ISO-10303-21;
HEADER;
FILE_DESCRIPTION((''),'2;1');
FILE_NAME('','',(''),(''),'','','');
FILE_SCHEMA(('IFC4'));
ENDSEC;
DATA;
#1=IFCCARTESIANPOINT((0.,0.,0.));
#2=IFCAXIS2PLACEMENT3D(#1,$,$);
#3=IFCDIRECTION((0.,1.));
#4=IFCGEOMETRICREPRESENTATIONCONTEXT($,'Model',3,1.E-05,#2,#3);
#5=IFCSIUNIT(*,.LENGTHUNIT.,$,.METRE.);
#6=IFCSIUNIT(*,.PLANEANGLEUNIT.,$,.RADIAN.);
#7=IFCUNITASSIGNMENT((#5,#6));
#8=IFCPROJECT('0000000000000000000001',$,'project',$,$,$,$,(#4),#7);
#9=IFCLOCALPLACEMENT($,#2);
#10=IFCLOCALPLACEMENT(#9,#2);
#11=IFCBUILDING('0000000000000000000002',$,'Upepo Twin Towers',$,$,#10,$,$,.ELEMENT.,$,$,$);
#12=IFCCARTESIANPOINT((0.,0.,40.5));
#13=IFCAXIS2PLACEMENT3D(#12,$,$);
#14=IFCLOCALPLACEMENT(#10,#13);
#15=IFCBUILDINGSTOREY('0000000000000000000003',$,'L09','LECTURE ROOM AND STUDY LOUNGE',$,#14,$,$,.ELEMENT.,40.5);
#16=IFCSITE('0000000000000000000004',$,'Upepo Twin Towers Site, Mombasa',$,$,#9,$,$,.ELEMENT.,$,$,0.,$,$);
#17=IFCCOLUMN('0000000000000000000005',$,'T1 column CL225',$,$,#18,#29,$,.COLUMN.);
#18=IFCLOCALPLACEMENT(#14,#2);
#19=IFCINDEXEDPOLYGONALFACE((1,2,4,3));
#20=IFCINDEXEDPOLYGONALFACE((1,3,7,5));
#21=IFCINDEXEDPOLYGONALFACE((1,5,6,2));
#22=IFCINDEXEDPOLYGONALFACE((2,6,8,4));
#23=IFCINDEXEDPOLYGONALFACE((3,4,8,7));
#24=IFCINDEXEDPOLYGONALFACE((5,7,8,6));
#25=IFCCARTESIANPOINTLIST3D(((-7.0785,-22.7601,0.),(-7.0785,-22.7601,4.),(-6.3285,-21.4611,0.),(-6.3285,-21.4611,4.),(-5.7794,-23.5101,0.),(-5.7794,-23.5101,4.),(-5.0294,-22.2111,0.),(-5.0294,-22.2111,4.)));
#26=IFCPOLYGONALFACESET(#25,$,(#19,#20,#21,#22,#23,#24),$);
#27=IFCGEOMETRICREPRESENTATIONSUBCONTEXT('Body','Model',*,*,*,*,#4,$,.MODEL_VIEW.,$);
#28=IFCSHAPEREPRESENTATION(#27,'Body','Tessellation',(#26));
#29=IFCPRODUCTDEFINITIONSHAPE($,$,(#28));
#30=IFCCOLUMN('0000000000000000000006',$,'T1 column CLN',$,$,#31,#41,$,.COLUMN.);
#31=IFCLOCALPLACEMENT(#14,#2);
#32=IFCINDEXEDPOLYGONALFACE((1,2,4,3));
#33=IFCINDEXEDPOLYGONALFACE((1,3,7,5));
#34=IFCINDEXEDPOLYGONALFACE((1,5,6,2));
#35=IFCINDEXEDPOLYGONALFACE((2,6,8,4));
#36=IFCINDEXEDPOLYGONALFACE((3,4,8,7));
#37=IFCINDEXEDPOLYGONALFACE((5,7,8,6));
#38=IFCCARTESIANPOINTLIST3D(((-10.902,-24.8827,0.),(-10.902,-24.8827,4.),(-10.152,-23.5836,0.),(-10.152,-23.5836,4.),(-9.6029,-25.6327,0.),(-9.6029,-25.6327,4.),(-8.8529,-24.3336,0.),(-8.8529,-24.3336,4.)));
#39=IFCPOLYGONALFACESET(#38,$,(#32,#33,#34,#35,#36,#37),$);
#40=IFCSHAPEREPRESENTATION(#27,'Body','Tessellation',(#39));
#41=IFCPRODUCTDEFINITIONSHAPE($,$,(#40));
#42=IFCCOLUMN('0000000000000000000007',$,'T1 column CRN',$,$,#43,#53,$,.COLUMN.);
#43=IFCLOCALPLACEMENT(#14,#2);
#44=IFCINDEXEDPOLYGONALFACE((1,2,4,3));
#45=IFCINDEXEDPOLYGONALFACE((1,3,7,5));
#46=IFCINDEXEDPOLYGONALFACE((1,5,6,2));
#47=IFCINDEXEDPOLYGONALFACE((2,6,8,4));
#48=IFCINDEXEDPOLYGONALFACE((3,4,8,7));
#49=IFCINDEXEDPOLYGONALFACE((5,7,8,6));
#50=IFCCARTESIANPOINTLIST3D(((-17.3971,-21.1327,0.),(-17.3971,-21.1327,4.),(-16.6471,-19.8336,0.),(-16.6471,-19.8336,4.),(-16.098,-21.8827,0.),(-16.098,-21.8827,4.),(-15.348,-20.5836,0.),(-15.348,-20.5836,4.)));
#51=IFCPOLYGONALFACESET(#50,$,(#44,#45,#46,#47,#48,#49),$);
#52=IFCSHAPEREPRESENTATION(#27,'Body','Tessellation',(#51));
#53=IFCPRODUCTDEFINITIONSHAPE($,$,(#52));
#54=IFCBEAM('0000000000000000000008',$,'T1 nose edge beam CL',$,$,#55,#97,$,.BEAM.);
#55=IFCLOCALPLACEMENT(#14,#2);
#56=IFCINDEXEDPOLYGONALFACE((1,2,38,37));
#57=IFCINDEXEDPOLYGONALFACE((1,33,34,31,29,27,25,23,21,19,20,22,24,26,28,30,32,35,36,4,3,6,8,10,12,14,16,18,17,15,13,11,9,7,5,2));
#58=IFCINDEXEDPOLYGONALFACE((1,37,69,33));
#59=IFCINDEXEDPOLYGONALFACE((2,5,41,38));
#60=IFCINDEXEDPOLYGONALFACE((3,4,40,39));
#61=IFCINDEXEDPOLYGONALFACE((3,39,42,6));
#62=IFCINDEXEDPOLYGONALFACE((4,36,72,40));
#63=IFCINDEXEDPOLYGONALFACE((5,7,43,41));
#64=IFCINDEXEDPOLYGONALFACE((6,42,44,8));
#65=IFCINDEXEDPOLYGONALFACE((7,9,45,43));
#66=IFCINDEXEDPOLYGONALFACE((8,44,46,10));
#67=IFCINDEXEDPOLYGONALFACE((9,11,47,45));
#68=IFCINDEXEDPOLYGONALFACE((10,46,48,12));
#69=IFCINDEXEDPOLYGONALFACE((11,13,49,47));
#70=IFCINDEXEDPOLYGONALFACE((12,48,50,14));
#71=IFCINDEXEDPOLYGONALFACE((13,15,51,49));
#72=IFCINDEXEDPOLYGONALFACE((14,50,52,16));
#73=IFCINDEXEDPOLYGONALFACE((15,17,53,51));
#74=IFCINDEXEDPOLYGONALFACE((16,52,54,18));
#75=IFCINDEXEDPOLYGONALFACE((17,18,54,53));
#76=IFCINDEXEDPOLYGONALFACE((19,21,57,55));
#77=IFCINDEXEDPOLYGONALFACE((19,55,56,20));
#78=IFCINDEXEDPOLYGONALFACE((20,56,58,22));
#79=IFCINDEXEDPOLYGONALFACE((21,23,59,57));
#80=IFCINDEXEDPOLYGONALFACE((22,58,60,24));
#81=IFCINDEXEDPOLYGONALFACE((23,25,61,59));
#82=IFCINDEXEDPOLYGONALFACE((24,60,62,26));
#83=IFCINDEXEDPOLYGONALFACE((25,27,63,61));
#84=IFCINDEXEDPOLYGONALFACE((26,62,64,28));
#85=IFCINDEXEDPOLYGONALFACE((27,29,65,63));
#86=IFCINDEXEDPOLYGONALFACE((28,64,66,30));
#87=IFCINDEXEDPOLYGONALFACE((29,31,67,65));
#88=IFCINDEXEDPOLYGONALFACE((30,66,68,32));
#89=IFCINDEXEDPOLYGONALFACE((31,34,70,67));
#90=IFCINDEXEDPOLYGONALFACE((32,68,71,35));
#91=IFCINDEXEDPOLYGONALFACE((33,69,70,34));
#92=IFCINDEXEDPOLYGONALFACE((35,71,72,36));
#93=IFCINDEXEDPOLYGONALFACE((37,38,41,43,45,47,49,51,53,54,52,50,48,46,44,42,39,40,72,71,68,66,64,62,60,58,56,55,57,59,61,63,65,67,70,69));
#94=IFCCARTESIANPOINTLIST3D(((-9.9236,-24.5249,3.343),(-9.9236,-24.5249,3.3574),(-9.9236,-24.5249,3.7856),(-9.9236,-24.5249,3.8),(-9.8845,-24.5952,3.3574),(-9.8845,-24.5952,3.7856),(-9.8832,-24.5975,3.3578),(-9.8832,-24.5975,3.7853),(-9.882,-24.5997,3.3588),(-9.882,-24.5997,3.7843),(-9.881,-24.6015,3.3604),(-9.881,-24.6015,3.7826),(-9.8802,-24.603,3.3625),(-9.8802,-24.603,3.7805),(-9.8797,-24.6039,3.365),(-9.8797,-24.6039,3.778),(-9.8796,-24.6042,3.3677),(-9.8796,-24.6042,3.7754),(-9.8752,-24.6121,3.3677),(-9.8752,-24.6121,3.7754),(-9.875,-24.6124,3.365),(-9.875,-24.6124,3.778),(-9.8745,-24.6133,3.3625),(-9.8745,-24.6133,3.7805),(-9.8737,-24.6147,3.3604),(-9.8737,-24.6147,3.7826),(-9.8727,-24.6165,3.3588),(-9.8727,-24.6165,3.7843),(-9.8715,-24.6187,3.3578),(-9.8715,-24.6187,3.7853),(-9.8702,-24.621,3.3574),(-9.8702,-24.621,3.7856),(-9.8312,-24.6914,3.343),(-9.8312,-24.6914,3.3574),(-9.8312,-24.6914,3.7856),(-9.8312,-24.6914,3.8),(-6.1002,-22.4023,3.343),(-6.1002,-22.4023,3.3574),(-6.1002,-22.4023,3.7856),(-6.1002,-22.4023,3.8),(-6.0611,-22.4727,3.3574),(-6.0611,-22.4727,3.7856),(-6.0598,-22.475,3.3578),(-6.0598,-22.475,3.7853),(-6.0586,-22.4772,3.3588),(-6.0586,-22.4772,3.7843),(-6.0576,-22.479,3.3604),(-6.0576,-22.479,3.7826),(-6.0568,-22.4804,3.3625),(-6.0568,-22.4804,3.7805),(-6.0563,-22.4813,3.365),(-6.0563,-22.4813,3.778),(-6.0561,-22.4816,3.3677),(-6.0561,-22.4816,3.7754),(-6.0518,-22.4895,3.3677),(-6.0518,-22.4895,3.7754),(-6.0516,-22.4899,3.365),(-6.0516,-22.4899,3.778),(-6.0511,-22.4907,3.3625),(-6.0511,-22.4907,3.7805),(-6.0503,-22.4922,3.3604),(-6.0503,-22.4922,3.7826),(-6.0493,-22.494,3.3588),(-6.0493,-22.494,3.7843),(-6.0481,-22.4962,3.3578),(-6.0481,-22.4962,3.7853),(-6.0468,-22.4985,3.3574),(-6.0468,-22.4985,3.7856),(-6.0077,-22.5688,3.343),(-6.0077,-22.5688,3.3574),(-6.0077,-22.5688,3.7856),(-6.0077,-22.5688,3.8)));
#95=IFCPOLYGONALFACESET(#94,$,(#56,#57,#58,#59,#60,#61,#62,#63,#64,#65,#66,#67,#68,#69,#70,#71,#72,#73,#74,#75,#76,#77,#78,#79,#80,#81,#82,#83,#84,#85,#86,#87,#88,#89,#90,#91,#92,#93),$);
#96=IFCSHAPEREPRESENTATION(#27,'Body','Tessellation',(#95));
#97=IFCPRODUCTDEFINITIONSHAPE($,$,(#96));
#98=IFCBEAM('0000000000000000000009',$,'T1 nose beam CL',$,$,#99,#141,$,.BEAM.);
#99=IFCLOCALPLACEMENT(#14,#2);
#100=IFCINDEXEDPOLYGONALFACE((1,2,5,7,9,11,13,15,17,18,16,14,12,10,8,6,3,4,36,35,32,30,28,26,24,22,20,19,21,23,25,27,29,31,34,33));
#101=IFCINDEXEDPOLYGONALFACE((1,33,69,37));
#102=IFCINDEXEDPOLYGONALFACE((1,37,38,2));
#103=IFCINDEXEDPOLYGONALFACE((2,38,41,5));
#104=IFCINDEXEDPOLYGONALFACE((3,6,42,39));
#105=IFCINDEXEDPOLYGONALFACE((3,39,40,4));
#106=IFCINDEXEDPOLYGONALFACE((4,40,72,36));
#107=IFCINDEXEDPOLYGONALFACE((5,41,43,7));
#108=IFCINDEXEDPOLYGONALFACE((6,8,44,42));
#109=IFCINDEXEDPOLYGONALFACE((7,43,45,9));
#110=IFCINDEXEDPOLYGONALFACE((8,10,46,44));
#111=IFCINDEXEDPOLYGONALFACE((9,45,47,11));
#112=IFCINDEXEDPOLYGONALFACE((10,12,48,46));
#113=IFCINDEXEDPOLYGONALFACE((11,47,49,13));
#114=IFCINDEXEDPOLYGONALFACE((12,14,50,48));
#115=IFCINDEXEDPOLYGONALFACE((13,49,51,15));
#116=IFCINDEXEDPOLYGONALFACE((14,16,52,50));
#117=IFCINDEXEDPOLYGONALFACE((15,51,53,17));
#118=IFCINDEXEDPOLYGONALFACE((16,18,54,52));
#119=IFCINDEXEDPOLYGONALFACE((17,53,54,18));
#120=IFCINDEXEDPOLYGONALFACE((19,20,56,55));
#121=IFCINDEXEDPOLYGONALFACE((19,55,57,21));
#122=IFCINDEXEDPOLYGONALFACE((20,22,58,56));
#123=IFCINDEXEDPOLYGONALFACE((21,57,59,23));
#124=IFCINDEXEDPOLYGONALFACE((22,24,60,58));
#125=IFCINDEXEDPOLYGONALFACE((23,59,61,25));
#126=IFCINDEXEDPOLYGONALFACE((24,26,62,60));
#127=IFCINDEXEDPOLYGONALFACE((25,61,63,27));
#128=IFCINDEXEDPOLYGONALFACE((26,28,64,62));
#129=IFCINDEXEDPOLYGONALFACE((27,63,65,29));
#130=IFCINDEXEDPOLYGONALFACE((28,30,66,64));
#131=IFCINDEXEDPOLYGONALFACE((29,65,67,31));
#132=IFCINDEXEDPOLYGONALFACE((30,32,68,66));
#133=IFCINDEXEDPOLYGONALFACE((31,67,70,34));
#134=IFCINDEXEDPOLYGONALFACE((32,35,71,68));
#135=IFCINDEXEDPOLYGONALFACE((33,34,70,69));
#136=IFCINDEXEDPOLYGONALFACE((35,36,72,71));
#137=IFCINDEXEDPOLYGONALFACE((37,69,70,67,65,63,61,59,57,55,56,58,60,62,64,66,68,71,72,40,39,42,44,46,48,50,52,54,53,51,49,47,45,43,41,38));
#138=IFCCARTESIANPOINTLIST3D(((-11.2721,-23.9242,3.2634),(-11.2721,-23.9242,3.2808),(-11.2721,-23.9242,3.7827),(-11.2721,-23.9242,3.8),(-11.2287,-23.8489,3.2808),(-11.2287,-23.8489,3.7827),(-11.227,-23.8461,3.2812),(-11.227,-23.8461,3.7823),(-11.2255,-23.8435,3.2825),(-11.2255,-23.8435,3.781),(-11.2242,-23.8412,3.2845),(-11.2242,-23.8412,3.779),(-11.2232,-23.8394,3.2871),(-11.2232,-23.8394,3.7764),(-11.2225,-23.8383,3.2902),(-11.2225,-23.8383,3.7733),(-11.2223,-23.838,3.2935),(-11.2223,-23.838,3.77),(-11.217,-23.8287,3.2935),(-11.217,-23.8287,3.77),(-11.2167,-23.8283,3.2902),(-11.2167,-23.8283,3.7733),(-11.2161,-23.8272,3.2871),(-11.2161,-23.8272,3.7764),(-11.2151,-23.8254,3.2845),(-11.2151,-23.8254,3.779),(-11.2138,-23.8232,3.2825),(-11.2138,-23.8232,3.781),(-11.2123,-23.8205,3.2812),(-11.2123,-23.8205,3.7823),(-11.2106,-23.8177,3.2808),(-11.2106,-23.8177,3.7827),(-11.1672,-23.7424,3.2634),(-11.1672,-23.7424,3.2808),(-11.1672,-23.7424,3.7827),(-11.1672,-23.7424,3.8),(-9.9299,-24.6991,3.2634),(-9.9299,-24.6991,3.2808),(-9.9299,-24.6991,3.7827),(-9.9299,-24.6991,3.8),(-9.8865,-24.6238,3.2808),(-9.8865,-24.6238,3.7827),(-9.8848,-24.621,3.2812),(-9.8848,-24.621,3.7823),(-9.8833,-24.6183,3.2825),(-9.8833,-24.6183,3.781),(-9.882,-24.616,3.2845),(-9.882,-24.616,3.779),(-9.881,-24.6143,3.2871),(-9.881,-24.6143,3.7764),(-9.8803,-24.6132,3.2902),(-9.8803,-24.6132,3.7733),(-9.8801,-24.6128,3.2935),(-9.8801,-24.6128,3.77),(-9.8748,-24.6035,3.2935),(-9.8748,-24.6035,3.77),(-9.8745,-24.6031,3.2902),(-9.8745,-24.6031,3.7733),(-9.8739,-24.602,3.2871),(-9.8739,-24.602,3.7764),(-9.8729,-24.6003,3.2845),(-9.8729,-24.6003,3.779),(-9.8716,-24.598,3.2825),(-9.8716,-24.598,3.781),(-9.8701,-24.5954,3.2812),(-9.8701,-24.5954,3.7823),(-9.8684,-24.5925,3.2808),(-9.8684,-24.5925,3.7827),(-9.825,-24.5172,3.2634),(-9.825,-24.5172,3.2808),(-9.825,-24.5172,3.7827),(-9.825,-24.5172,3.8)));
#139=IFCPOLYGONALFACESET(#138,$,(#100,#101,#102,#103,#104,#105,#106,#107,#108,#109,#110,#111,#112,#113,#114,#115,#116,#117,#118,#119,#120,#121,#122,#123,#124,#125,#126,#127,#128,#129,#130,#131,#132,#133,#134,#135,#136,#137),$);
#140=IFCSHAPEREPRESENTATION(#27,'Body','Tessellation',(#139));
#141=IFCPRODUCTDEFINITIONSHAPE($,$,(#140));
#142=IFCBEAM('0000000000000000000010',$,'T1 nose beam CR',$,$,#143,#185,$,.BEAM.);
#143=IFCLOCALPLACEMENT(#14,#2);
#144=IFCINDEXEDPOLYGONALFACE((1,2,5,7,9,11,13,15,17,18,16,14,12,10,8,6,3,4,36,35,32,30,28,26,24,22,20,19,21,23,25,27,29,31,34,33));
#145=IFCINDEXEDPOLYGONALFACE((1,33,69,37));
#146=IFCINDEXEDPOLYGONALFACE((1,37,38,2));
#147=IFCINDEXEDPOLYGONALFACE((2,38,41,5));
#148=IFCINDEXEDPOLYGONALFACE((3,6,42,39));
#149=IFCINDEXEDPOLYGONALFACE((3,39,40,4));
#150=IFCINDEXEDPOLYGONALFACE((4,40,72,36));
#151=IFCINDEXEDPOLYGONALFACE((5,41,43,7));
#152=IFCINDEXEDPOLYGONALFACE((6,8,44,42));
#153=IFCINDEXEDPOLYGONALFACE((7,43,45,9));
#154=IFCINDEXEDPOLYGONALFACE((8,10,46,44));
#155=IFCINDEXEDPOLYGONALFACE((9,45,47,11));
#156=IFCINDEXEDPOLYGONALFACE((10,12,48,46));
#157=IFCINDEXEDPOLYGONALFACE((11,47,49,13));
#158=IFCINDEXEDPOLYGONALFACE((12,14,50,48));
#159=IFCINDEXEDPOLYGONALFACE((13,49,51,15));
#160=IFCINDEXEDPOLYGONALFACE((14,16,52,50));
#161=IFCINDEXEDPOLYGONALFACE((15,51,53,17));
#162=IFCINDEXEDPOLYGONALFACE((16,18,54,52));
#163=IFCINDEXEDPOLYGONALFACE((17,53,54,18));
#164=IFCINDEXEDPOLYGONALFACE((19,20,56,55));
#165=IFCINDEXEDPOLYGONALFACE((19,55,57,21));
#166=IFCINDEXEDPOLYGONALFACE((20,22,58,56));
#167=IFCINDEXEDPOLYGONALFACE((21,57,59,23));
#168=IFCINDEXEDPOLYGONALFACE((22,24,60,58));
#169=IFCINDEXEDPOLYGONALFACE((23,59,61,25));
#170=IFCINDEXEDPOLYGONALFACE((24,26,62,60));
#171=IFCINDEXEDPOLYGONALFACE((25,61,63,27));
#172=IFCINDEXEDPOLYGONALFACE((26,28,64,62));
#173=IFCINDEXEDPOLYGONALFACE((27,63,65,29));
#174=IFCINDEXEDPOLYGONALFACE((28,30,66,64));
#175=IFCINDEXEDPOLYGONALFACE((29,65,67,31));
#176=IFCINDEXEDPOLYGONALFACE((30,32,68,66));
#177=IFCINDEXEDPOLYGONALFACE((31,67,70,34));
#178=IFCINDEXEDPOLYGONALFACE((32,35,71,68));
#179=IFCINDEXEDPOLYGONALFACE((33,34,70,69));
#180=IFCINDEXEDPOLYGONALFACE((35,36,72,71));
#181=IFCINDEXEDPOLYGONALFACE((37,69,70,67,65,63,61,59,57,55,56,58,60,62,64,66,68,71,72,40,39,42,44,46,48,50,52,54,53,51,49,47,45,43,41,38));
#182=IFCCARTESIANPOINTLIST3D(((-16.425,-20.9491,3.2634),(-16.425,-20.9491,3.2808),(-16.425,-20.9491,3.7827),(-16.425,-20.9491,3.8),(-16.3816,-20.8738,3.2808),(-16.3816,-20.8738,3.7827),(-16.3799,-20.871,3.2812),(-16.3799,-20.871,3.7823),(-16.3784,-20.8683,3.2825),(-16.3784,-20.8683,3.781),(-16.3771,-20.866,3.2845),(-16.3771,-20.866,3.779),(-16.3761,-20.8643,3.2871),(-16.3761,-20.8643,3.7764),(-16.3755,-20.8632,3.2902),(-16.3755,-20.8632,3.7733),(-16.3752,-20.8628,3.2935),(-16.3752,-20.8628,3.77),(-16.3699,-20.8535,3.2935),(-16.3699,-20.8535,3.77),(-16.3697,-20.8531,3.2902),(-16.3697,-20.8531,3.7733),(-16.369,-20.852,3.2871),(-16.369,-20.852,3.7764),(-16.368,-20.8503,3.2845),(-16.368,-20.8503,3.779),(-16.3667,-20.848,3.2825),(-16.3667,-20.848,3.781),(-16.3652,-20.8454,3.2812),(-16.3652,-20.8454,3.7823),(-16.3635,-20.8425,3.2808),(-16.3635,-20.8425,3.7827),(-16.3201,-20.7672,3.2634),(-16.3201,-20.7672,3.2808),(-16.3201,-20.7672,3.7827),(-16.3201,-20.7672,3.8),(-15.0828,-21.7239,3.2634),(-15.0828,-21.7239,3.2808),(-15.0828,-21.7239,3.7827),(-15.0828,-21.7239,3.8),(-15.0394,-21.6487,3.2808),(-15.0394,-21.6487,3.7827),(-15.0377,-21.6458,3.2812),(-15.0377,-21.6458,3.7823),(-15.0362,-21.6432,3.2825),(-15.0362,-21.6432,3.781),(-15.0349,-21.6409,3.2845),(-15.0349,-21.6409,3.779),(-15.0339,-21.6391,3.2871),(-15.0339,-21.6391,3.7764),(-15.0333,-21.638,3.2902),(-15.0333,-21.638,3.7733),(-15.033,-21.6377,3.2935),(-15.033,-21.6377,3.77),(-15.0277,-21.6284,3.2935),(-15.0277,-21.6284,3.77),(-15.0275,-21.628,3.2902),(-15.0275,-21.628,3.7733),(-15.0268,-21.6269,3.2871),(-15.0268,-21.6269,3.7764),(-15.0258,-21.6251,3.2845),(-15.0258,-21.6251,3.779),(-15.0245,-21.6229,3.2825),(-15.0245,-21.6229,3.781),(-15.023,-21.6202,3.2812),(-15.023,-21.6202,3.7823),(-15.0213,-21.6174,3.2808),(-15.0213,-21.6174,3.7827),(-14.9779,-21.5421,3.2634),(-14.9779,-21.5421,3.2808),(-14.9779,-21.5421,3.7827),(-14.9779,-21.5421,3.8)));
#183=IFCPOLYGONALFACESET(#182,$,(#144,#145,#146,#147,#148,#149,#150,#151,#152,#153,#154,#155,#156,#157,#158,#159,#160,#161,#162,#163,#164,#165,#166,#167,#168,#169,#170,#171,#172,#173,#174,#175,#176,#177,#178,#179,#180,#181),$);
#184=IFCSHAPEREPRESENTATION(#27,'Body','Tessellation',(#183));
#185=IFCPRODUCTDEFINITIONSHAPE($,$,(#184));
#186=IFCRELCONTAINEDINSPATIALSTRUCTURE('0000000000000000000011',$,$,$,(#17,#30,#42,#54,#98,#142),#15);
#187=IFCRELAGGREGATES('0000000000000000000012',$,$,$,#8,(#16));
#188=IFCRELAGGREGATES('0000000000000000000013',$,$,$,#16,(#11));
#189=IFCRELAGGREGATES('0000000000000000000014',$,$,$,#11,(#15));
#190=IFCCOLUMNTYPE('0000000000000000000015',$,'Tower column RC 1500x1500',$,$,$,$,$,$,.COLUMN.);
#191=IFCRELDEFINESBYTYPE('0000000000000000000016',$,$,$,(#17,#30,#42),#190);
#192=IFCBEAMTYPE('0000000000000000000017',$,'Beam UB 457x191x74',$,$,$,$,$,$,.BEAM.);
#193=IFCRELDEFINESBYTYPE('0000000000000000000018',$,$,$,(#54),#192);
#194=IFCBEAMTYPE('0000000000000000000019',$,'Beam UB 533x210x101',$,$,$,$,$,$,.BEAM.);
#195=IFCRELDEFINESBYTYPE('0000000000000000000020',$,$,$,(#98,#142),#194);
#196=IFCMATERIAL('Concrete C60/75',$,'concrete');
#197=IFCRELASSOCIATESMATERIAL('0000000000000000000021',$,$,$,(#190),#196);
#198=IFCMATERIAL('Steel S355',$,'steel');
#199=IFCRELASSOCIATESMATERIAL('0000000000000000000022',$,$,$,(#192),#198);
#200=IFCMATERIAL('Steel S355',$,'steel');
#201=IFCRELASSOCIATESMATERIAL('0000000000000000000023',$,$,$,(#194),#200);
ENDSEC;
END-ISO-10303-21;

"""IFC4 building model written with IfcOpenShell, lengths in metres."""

from ifc_helpers import new_model, si_unit, direction, frame, origin, origin_2d, place, context, subcontext, project, spatial, rectangle, i_section, extrude, material, material_profile, profile_set, type_object, element, save


model = new_model("IFC4")

# Units and contexts
model_context = context("Model", 3, precision=1e-05, world=origin(), true_north=direction((0.0, 1.0)))
body_context = subcontext(model_context, "Body", "Model", "MODEL_VIEW")
ifc_project = project(units=[si_unit("LENGTHUNIT", "METRE"), si_unit("PLANEANGLEUNIT", "RADIAN")], contexts=[model_context])

# Site, building, storey
site_placement = place(None, origin())
site = spatial("IfcSite", under=ifc_project, at=site_placement, Name="Upepo Twin Towers Site, Mombasa", CompositionType="ELEMENT", RefElevation=0.0)
building_placement = place(site_placement, origin())
building = spatial("IfcBuilding", under=site, at=building_placement, Name="Upepo Twin Towers", CompositionType="ELEMENT")
storey_placement = place(building_placement, frame((0.0, 0.0, 40.5)))
storey = spatial("IfcBuildingStorey", under=building, at=storey_placement, Name="L09", Description="LECTURE ROOM AND STUDY LOUNGE", CompositionType="ELEMENT", Elevation=40.5)

# Columns
ifc_material_1 = material(Name="Concrete C60/75", Category="concrete")
ifc_material_profile_1 = material_profile(ifc_material_1, rectangle(XDim=1.5, YDim=1.5, at=origin_2d()), Name="RC 1500x1500")
ifc_profile_set_1 = profile_set([ifc_material_profile_1], Name="Concrete C60/75")
column_type = type_object("IfcColumnType", Name="Tower column RC 1500x1500", PredefinedType="COLUMN", material=ifc_profile_set_1)
for number, where, z_axis, x_axis, name in (
    (1, (-6.054, -22.4856, 0.0), (0.0, 0.0, 1.0), (0.5, 0.866025, 0.0), "T1 column CL225"),
    (2, (-9.8774, -24.6082, 0.0), (0.0, 0.0, 1.0), (0.5, 0.866025, 0.0), "T1 column CLN"),
    (3, (-16.3726, -20.8582, 0.0), (0.0, 0.0, 1.0), (0.5, 0.866025, 0.0), "T1 column CRN"),
):
    element("IfcColumn", number, at=place(storey_placement, frame(where, z_axis=z_axis, x_axis=x_axis)), inside=storey, type_object=column_type, Name=name, PredefinedType="COLUMN", context=body_context, shape_type="SweptSolid", body=[
        extrude(rectangle(XDim=1.5, YDim=1.5, at=origin_2d()), origin(), (0.0, 0.0, 1.0), 4.0),
    ])

# Beams
ifc_material_2 = material(Name="Steel S355", Category="steel")
ifc_material_profile_2 = material_profile(ifc_material_2, i_section(OverallWidth=0.1904, OverallDepth=0.457, WebThickness=0.009, FlangeThickness=0.0144, FilletRadius=0.0103, at=origin_2d()), Name="UB 457x191x74")
ifc_profile_set_2 = profile_set([ifc_material_profile_2], Name="Steel S355")
beam_type_1 = type_object("IfcBeamType", Name="Beam UB 457x191x74", PredefinedType="BEAM", material=ifc_profile_set_2)
beam_1_placement = place(storey_placement, frame((-6.054, -22.4856, 3.5715), z_axis=(-0.874313, -0.485363, 0.0), x_axis=(0.485363, -0.874313, 0.0)))
element("IfcBeam", 4, at=beam_1_placement, inside=storey, type_object=beam_type_1, Name="T1 nose edge beam CL", PredefinedType="BEAM", context=body_context, shape_type="SweptSolid", body=[
    extrude(i_section(OverallWidth=0.1904, OverallDepth=0.457, WebThickness=0.009, FlangeThickness=0.0144, FilletRadius=0.0103, at=origin_2d()), origin(), (0.0, 0.0, 1.0), 4.373),
])
ifc_material_3 = material(Name="Steel S355", Category="steel")
ifc_material_profile_3 = material_profile(ifc_material_3, i_section(OverallWidth=0.21, OverallDepth=0.5366, WebThickness=0.0107, FlangeThickness=0.0173, FilletRadius=0.0127, at=origin_2d()), Name="UB 533x210x101")
ifc_profile_set_3 = profile_set([ifc_material_profile_3], Name="Steel S355")
beam_type_2 = type_object("IfcBeamType", Name="Beam UB 533x210x101", PredefinedType="BEAM", material=ifc_profile_set_3)
for number, where, z_axis, x_axis, name in (
    (5, (-9.8774, -24.6082, 3.5317), (-0.866044, 0.499968, 0.0), (-0.499968, -0.866044, 0.0), "T1 nose beam CL"),
    (6, (-16.3726, -20.8582, 3.5317), (0.866044, -0.499968, 0.0), (0.499968, 0.866044, 0.0), "T1 nose beam CR"),
):
    element("IfcBeam", number, at=place(storey_placement, frame(where, z_axis=z_axis, x_axis=x_axis)), inside=storey, type_object=beam_type_2, Name=name, PredefinedType="BEAM", context=body_context, shape_type="SweptSolid", body=[
        extrude(i_section(OverallWidth=0.21, OverallDepth=0.5366, WebThickness=0.0107, FlangeThickness=0.0173, FilletRadius=0.0127, at=origin_2d()), origin(), (0.0, 0.0, 1.0), 1.5498),
    ])

save(model, "model.ifc")
